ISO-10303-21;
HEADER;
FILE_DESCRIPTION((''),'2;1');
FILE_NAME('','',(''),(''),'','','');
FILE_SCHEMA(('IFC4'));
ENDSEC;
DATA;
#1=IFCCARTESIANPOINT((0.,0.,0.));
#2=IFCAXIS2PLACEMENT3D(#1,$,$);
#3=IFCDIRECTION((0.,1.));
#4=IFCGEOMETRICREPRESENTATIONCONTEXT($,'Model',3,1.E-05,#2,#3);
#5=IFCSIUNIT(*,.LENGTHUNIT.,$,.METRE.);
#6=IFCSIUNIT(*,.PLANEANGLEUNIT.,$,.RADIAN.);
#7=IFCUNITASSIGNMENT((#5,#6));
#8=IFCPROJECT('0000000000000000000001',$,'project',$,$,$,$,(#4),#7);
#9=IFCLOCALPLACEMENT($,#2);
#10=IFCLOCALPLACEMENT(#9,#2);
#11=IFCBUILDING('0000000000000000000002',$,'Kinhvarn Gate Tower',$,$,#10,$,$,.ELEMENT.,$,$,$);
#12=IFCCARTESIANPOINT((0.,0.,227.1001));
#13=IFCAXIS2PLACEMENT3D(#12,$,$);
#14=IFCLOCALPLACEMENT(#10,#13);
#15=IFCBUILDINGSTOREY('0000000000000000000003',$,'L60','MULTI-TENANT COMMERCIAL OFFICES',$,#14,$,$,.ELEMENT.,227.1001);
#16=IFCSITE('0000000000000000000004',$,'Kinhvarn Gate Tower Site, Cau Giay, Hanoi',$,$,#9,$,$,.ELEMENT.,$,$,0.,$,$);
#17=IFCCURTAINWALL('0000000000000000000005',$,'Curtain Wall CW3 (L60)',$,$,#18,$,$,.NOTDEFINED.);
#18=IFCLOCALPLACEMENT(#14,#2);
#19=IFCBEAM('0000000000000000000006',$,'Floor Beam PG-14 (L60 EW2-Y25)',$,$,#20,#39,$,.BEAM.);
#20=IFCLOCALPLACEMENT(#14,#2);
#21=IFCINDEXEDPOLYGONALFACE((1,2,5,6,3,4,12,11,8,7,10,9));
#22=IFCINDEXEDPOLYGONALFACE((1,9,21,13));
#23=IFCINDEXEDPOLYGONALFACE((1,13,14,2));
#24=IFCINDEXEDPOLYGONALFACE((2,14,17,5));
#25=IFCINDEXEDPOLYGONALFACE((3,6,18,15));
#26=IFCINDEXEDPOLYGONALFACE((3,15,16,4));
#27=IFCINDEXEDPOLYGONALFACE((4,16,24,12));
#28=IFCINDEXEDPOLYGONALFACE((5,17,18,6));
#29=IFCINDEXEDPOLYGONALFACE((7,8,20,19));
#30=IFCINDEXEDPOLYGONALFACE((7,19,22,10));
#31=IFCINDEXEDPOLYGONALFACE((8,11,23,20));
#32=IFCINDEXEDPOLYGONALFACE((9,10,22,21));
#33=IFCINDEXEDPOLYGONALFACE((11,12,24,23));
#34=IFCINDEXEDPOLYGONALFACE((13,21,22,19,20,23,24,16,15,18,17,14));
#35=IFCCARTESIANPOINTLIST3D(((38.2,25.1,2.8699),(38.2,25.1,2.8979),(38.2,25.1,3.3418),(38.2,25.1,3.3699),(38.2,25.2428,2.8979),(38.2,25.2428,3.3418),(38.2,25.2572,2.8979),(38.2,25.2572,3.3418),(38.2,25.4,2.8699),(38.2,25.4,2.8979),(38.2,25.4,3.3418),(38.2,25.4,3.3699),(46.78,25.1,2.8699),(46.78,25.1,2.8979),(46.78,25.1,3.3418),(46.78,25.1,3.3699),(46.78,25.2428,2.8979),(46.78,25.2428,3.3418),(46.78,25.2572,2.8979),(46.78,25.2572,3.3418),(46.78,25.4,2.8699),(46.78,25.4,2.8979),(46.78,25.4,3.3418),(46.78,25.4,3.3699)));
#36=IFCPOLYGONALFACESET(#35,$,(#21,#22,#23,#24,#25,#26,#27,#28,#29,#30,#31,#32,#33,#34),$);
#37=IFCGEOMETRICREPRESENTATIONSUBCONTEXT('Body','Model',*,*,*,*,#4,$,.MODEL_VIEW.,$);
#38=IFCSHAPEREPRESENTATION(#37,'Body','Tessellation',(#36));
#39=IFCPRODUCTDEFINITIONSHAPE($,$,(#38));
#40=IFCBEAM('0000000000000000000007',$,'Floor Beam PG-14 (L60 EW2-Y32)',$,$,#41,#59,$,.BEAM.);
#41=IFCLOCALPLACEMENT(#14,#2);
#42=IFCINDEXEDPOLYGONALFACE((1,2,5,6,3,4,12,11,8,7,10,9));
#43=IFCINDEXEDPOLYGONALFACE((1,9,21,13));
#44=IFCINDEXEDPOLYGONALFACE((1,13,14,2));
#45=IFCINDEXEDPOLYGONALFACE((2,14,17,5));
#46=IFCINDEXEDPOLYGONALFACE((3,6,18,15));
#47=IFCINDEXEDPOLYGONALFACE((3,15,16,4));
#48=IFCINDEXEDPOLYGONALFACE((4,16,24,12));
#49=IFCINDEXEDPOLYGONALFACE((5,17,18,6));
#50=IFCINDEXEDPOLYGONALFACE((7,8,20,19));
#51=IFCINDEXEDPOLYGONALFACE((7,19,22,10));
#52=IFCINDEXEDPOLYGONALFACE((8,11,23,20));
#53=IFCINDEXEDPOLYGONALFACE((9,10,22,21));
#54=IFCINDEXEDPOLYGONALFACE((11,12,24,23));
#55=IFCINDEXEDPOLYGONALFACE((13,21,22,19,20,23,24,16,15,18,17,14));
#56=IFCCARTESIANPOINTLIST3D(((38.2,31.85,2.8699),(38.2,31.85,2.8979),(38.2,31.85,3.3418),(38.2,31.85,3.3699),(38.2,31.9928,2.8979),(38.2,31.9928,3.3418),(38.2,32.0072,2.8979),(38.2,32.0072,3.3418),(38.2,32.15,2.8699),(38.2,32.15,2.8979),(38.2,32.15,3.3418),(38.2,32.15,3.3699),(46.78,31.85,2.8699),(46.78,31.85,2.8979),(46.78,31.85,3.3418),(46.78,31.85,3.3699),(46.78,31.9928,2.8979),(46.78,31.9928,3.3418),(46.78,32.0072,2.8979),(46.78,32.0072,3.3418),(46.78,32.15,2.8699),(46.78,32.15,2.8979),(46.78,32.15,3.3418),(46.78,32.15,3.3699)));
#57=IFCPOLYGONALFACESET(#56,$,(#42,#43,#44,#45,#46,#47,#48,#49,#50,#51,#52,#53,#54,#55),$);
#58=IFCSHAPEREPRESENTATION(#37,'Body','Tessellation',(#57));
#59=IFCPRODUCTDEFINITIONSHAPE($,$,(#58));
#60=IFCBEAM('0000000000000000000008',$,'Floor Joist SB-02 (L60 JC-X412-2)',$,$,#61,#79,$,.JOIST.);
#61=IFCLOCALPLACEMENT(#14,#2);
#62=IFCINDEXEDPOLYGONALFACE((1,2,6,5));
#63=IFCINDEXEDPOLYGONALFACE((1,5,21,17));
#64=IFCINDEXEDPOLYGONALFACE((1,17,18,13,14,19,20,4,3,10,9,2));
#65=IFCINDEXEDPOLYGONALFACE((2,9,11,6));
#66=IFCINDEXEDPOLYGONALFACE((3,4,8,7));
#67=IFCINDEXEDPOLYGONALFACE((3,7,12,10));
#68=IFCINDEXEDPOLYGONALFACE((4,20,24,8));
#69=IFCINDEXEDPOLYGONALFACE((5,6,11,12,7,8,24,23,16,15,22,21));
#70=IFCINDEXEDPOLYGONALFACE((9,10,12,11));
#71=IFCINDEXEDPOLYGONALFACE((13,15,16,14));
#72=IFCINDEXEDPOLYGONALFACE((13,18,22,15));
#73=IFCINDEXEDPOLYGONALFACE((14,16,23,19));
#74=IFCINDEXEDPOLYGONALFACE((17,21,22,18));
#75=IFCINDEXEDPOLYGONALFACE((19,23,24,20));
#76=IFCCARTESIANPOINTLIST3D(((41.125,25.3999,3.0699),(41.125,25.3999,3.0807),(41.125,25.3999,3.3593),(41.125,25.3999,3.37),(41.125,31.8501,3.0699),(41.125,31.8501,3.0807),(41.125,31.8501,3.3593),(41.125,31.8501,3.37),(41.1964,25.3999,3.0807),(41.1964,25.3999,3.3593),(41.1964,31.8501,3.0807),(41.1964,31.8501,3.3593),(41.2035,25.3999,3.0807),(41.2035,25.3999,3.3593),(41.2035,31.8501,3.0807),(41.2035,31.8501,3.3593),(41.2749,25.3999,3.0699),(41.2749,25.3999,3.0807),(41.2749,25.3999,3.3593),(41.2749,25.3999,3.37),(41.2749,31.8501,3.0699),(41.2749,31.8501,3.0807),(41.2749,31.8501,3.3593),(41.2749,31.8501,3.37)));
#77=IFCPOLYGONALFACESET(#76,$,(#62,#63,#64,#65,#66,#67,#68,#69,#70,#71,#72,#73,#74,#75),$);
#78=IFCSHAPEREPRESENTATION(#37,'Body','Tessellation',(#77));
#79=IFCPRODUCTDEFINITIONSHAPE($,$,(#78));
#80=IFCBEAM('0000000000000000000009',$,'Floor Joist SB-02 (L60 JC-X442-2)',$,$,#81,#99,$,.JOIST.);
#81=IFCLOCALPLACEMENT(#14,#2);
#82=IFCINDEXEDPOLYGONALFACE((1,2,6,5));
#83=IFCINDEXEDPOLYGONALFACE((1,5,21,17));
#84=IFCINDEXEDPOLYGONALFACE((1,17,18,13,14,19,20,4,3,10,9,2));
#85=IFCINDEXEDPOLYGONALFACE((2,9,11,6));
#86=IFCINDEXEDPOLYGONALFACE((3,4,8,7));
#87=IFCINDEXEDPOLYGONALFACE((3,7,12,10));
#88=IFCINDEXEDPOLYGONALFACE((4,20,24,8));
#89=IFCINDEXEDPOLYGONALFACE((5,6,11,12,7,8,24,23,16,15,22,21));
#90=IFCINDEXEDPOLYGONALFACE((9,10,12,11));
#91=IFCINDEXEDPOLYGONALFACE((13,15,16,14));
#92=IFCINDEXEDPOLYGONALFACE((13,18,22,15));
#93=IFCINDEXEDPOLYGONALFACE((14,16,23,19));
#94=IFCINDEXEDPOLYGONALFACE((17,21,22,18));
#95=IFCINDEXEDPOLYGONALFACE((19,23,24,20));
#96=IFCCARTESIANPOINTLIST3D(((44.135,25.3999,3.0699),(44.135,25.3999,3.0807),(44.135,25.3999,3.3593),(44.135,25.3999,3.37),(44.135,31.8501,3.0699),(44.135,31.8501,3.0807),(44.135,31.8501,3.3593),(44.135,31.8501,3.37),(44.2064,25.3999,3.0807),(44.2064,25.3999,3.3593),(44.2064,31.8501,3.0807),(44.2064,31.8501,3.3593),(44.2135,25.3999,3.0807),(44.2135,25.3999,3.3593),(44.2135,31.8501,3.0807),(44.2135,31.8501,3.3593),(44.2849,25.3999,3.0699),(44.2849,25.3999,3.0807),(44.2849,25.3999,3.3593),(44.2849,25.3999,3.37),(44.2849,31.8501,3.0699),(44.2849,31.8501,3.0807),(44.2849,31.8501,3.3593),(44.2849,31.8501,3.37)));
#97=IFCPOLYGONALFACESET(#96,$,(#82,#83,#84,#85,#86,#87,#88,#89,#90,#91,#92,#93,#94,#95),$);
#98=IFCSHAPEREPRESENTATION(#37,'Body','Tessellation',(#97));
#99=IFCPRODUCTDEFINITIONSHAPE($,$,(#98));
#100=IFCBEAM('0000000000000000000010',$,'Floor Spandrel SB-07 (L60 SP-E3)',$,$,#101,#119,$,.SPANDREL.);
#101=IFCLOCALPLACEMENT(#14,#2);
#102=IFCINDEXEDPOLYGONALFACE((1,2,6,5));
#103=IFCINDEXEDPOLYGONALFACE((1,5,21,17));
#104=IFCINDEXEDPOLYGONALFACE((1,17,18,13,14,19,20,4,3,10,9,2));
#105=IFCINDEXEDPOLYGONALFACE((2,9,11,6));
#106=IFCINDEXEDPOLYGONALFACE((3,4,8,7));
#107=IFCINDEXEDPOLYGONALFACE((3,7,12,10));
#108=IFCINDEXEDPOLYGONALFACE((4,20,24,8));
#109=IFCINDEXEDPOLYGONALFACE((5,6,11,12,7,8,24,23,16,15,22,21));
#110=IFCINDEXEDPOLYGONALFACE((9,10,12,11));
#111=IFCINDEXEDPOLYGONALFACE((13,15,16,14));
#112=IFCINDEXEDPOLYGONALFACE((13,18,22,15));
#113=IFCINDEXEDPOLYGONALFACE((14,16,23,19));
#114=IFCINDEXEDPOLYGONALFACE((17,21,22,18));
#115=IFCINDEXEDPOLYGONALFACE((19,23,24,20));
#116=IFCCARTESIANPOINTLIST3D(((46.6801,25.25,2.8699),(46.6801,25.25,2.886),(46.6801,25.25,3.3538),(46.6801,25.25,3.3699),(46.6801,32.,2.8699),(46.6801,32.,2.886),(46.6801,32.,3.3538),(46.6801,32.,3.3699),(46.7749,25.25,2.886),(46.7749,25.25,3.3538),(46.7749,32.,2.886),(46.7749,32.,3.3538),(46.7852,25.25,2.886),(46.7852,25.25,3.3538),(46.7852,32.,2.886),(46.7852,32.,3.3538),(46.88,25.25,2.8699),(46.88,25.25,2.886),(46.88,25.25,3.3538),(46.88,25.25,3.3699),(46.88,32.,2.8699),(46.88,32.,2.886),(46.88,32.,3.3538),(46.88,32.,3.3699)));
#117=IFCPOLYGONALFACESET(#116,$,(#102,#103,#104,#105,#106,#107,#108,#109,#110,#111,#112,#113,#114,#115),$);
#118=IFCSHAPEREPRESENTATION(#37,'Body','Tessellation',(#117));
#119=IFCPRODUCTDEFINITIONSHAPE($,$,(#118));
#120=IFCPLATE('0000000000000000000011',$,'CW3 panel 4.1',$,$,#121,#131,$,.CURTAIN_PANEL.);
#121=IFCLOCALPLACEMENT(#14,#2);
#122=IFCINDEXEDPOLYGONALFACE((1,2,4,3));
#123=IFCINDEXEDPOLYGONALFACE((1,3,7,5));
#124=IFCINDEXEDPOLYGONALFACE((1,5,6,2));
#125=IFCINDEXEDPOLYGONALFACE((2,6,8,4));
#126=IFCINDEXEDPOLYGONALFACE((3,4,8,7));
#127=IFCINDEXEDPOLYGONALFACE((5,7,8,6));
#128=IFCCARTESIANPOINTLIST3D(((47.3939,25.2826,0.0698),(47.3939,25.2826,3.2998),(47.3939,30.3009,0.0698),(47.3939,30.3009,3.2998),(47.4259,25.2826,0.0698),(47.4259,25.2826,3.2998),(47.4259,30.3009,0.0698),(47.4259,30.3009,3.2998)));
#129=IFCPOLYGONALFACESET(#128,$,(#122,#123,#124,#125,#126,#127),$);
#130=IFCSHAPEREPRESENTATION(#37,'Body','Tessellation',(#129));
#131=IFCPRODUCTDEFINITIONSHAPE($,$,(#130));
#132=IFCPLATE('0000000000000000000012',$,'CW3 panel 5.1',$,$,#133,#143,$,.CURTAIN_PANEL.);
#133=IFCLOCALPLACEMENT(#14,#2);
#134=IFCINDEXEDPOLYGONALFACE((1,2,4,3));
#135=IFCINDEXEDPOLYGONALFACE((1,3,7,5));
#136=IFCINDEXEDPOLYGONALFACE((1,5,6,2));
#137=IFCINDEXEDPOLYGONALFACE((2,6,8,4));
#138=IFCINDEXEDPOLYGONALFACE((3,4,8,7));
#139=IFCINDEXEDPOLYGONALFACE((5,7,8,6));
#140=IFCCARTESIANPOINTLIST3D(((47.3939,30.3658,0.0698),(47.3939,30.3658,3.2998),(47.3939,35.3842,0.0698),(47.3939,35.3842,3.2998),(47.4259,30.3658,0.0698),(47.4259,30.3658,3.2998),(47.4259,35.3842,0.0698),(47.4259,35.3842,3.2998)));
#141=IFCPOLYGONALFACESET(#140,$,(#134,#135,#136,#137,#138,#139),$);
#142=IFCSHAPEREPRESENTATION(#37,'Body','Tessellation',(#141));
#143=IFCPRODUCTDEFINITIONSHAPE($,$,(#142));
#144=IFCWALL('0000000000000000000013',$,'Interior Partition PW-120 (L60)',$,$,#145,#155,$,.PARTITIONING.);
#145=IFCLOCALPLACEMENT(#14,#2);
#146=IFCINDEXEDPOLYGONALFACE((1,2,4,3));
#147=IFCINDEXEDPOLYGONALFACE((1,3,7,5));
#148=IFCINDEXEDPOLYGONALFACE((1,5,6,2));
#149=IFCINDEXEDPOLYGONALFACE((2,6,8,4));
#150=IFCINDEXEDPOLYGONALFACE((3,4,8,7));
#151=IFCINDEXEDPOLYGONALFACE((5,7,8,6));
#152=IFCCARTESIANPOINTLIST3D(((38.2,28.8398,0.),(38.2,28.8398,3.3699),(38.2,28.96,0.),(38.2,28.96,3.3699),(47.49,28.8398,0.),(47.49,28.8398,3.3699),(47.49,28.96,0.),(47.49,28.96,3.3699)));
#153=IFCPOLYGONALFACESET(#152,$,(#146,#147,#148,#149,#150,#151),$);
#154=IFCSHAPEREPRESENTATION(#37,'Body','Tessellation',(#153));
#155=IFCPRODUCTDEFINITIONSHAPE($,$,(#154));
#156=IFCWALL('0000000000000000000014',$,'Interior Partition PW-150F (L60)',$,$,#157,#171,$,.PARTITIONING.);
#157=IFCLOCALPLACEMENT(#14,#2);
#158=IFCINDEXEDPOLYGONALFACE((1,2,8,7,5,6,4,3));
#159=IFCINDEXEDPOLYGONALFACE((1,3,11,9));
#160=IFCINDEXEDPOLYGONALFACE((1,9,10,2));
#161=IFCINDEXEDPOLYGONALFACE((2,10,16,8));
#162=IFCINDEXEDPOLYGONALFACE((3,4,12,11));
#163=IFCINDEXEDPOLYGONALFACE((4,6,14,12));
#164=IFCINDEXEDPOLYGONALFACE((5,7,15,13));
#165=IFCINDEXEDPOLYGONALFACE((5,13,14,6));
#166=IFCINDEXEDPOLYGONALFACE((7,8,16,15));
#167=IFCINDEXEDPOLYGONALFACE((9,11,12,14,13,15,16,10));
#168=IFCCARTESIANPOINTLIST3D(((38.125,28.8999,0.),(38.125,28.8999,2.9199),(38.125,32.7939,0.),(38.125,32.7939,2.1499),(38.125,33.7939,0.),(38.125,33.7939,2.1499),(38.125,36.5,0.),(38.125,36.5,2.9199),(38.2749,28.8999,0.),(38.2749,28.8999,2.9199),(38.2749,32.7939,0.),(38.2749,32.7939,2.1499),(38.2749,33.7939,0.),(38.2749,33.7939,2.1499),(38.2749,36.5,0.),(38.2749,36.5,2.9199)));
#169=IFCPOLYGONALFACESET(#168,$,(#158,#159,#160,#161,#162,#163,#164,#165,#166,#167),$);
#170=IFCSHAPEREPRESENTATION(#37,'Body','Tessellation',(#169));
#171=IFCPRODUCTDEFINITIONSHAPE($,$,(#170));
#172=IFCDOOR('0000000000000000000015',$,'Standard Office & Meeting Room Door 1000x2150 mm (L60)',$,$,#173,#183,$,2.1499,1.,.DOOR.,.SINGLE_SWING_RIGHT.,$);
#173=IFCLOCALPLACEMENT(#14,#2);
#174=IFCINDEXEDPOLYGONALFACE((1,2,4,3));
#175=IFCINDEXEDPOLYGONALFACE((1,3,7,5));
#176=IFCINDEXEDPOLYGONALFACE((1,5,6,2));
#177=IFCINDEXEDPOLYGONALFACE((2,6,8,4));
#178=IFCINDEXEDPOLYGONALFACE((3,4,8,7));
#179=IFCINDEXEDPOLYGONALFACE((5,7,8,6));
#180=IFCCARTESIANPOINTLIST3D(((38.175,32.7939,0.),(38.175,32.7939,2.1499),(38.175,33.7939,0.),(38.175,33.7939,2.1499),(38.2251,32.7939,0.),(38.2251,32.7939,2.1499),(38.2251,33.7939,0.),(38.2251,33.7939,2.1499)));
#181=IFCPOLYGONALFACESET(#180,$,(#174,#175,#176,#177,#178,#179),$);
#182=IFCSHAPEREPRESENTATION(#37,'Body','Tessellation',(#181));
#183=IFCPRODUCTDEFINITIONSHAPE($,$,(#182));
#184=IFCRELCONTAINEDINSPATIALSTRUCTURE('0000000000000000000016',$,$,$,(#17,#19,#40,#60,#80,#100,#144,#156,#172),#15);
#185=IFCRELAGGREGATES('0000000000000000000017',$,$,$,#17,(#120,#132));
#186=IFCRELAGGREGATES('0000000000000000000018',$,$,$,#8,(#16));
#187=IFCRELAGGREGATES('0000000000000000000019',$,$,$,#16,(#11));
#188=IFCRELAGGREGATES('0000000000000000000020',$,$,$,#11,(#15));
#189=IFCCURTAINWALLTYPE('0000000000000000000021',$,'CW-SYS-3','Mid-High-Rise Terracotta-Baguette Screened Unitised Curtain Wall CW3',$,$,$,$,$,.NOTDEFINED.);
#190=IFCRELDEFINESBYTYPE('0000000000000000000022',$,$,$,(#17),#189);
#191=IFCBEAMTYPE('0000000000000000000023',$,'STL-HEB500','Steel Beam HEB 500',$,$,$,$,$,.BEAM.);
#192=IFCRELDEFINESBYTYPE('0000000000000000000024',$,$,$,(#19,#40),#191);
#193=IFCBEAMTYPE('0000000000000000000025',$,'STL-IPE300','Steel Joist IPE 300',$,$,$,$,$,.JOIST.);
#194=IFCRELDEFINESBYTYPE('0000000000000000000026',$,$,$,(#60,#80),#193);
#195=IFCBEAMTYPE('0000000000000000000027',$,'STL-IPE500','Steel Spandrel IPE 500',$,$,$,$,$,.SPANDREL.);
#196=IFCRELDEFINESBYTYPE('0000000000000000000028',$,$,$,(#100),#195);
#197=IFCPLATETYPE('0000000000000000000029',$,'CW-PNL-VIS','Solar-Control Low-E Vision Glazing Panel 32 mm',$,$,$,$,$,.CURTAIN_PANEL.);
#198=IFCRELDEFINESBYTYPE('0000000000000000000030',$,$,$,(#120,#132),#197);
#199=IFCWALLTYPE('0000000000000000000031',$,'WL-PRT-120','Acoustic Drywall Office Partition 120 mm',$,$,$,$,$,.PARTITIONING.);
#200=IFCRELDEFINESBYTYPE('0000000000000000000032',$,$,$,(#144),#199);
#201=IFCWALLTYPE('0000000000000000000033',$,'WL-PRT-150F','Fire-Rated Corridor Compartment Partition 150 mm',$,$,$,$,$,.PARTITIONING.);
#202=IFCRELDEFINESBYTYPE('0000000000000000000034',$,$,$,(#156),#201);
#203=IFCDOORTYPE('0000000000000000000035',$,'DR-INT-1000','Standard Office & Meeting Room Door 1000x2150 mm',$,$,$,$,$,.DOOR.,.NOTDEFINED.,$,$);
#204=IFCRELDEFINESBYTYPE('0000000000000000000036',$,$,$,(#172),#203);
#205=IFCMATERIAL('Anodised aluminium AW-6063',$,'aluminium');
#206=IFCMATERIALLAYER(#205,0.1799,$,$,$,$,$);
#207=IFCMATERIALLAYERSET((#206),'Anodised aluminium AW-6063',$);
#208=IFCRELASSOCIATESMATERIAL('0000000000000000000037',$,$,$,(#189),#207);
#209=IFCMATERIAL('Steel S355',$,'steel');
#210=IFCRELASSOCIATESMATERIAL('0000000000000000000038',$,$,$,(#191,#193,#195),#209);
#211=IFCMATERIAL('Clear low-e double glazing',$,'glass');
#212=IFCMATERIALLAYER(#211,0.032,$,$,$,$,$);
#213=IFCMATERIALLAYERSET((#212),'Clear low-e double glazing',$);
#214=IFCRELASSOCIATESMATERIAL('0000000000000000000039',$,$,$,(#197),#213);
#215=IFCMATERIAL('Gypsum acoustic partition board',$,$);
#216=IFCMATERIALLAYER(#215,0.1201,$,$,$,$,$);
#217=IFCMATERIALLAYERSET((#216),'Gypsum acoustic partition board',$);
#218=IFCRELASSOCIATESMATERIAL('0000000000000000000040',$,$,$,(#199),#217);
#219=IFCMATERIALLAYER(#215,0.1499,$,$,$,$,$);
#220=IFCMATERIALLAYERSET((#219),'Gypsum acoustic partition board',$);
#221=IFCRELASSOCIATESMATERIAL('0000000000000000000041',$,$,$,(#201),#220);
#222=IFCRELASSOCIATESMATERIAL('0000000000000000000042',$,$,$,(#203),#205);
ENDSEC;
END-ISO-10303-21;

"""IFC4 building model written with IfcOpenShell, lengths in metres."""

from ifc_helpers import new_model, si_unit, direction, frame, frame_2d, origin, origin_2d, place, context, subcontext, project, spatial, rectangle, i_section, extrude, material, layer, layer_set, material_profile, profile_set, type_object, element, fill, aggregate, save


model = new_model("IFC4")

# Units and contexts
model_context = context("Model", 3, precision=1e-05, world=origin(), true_north=direction((0.0, 1.0)))
body_context = subcontext(model_context, "Body", "Model", "MODEL_VIEW")
ifc_project = project(units=[si_unit("LENGTHUNIT", "METRE"), si_unit("PLANEANGLEUNIT", "RADIAN")], contexts=[model_context])

# Site, building, storey
site_placement = place(None, origin())
site = spatial("IfcSite", under=ifc_project, at=site_placement, Name="Kinhvarn Gate Tower Site, Cau Giay, Hanoi", CompositionType="ELEMENT", RefElevation=0.0)
building_placement = place(site_placement, origin())
building = spatial("IfcBuilding", under=site, at=building_placement, Name="Kinhvarn Gate Tower", CompositionType="ELEMENT")
storey_placement = place(building_placement, frame((0.0, 0.0, 227.1001)))
storey = spatial("IfcBuildingStorey", under=building, at=storey_placement, Name="L60", Description="MULTI-TENANT COMMERCIAL OFFICES", CompositionType="ELEMENT", Elevation=227.1001)

# Curtain wall
ifc_material_1 = material(Name="Anodised aluminium AW-6063", Category="aluminium")
ifc_layer_1 = layer(ifc_material_1, 0.1799)
ifc_layer_set_1 = layer_set([ifc_layer_1], Name="Anodised aluminium AW-6063")
curtain_wall_type = type_object("IfcCurtainWallType", Name="CW-SYS-3", Description="Mid-High-Rise Terracotta-Baguette Screened Unitised Curtain Wall CW3", PredefinedType="NOTDEFINED", material=ifc_layer_set_1)
curtain_wall_placement = place(storey_placement, origin())
curtain_wall = element("IfcCurtainWall", 1, at=curtain_wall_placement, inside=storey, type_object=curtain_wall_type, Name="Curtain Wall CW3 (L60)", PredefinedType="NOTDEFINED")

# Beams
ifc_material_2 = material(Name="Steel S355", Category="steel")
ifc_material_profile_1 = material_profile(ifc_material_2, i_section(OverallWidth=0.3, OverallDepth=0.5, WebThickness=0.0144, FlangeThickness=0.0281, at=origin_2d()), Name="HEB 500")
ifc_profile_set_1 = profile_set([ifc_material_profile_1], Name="Steel S355")
beam_type_1 = type_object("IfcBeamType", Name="STL-HEB500", Description="Steel Beam HEB 500", PredefinedType="BEAM", material=ifc_profile_set_1)
for number, where, z_axis, x_axis, name in (
    (2, (38.2, 25.25, 3.1199), (1.0, 0.0, 0.0), (0.0, 1.0, 0.0), "Floor Beam PG-14 (L60 EW2-Y25)"),
    (3, (38.2, 32.0, 3.1199), (1.0, 0.0, 0.0), (0.0, 1.0, 0.0), "Floor Beam PG-14 (L60 EW2-Y32)"),
):
    element("IfcBeam", number, at=place(storey_placement, frame(where, z_axis=z_axis, x_axis=x_axis)), inside=storey, type_object=beam_type_1, Name=name, PredefinedType="BEAM", context=body_context, shape_type="SweptSolid", body=[
        extrude(i_section(OverallWidth=0.3, OverallDepth=0.5, WebThickness=0.0144, FlangeThickness=0.0281, at=origin_2d()), origin(), (0.0, 0.0, 1.0), 8.5801),
    ])
ifc_material_profile_2 = material_profile(ifc_material_2, i_section(OverallWidth=0.1499, OverallDepth=0.3, WebThickness=0.0071, FlangeThickness=0.0107, at=origin_2d()), Name="IPE 300")
ifc_profile_set_2 = profile_set([ifc_material_profile_2], Name="Steel S355")
beam_type_2 = type_object("IfcBeamType", Name="STL-IPE300", Description="Steel Joist IPE 300", PredefinedType="JOIST", material=ifc_profile_set_2)
for number, where, z_axis, x_axis, name in (
    (4, (41.2, 25.3999, 3.22), (0.0, 1.0, 0.0), (-1.0, 0.0, 0.0), "Floor Joist SB-02 (L60 JC-X412-2)"),
    (5, (44.21, 25.3999, 3.22), (0.0, 1.0, 0.0), (-1.0, 0.0, 0.0), "Floor Joist SB-02 (L60 JC-X442-2)"),
):
    element("IfcBeam", number, at=place(storey_placement, frame(where, z_axis=z_axis, x_axis=x_axis)), inside=storey, type_object=beam_type_2, Name=name, PredefinedType="JOIST", context=body_context, shape_type="SweptSolid", body=[
        extrude(i_section(OverallWidth=0.1499, OverallDepth=0.3, WebThickness=0.0071, FlangeThickness=0.0107, at=origin_2d()), origin(), (0.0, 0.0, 1.0), 6.4502),
    ])
ifc_material_profile_3 = material_profile(ifc_material_2, i_section(OverallWidth=0.2, OverallDepth=0.5, WebThickness=0.0103, FlangeThickness=0.0161, at=origin_2d()), Name="IPE 500")
ifc_profile_set_3 = profile_set([ifc_material_profile_3], Name="Steel S355")
beam_type_3 = type_object("IfcBeamType", Name="STL-IPE500", Description="Steel Spandrel IPE 500", PredefinedType="SPANDREL", material=ifc_profile_set_3)
beam_1_placement = place(storey_placement, frame((46.78, 25.25, 3.1199), z_axis=(0.0, 1.0, 0.0), x_axis=(-1.0, 0.0, 0.0)))
element("IfcBeam", 6, at=beam_1_placement, inside=storey, type_object=beam_type_3, Name="Floor Spandrel SB-07 (L60 SP-E3)", PredefinedType="SPANDREL", context=body_context, shape_type="SweptSolid", body=[
    extrude(i_section(OverallWidth=0.2, OverallDepth=0.5, WebThickness=0.0103, FlangeThickness=0.0161, at=origin_2d()), origin(), (0.0, 0.0, 1.0), 6.75),
])

# Plates
ifc_material_3 = material(Name="Clear low-e double glazing", Category="glass")
ifc_layer_2 = layer(ifc_material_3, 0.032)
ifc_layer_set_2 = layer_set([ifc_layer_2], Name="Clear low-e double glazing")
plate_type = type_object("IfcPlateType", Name="CW-PNL-VIS", Description="Solar-Control Low-E Vision Glazing Panel 32 mm", PredefinedType="CURTAIN_PANEL", material=ifc_layer_set_2)
plate_1_placement = place(storey_placement, frame((47.4099, 27.7917, 0.0698), z_axis=(0.0, 0.0, 1.0), x_axis=(0.0, 1.0, 0.0)))
plate_1 = element("IfcPlate", 7, at=plate_1_placement, type_object=plate_type, Name="CW3 panel 4.1", PredefinedType="CURTAIN_PANEL", context=body_context, shape_type="SweptSolid", body=[
    extrude(rectangle(XDim=5.0183, YDim=0.032, at=origin_2d()), origin(), (0.0, 0.0, 1.0), 3.23),
])
plate_2_placement = place(storey_placement, frame((47.4099, 32.875, 0.0698), z_axis=(0.0, 0.0, 1.0), x_axis=(0.0, 1.0, 0.0)))
plate_2 = element("IfcPlate", 8, at=plate_2_placement, type_object=plate_type, Name="CW3 panel 5.1", PredefinedType="CURTAIN_PANEL", context=body_context, shape_type="SweptSolid", body=[
    extrude(rectangle(XDim=5.0183, YDim=0.032, at=origin_2d()), origin(), (0.0, 0.0, 1.0), 3.23),
])
aggregate(curtain_wall, [plate_1, plate_2])

# Wall
ifc_material_4 = material(Name="Gypsum acoustic partition board")
ifc_layer_3 = layer(ifc_material_4, 0.1201)
ifc_layer_set_3 = layer_set([ifc_layer_3], Name="Gypsum acoustic partition board")
wall_type_1 = type_object("IfcWallType", Name="WL-PRT-120", Description="Acoustic Drywall Office Partition 120 mm", PredefinedType="PARTITIONING", material=ifc_layer_set_3)
wall_1_placement = place(storey_placement, frame((38.2, 28.8999, 0.0), z_axis=(0.0, 0.0, 1.0), x_axis=(1.0, 0.0, 0.0)))
element("IfcWall", 9, at=wall_1_placement, inside=storey, type_object=wall_type_1, Name="Interior Partition PW-120 (L60)", PredefinedType="PARTITIONING", context=body_context, shape_type="SweptSolid", body=[
    extrude(rectangle(XDim=9.29, YDim=0.1201, at=frame_2d((4.645, 0.0))), origin(), (0.0, 0.0, 1.0), 3.3699),
])

# Wall, opening, door
ifc_layer_4 = layer(ifc_material_4, 0.1499)
ifc_layer_set_4 = layer_set([ifc_layer_4], Name="Gypsum acoustic partition board")
wall_type_2 = type_object("IfcWallType", Name="WL-PRT-150F", Description="Fire-Rated Corridor Compartment Partition 150 mm", PredefinedType="PARTITIONING", material=ifc_layer_set_4)
wall_2_placement = place(storey_placement, frame((38.2, 28.8999, 0.0), z_axis=(0.0, 0.0, 1.0), x_axis=(0.0, 1.0, 0.0)))
wall_2 = element("IfcWall", 10, at=wall_2_placement, inside=storey, type_object=wall_type_2, Name="Interior Partition PW-150F (L60)", PredefinedType="PARTITIONING", context=body_context, shape_type="SweptSolid", body=[
    extrude(rectangle(XDim=7.6001, YDim=0.1499, at=frame_2d((3.8, 0.0))), origin(), (0.0, 0.0, 1.0), 2.9199),
])
opening_placement = place(wall_2_placement, frame((3.894, 0.0, 0.0)))
opening = element("IfcOpeningElement", 11, at=opening_placement, cuts=wall_2, PredefinedType="OPENING", context=body_context, shape_type="SweptSolid", body=[
    extrude(rectangle(XDim=1.0, YDim=2.1499, at=frame_2d((0.5, 1.075))), frame((0.0, 0.085, 0.0), z_axis=(0.0, -1.0, 0.0), x_axis=(1.0, 0.0, 0.0)), (0.0, 0.0, 1.0), 0.1699),
])
door_type = type_object("IfcDoorType", Name="DR-INT-1000", Description="Standard Office & Meeting Room Door 1000x2150 mm", OperationType="NOTDEFINED", PredefinedType="DOOR", material=ifc_material_1)
door_placement = place(opening_placement, origin())
door = element("IfcDoor", 12, at=door_placement, inside=storey, type_object=door_type, Name="Standard Office & Meeting Room Door 1000x2150 mm (L60)", OperationType="SINGLE_SWING_RIGHT", OverallHeight=2.1499, OverallWidth=1.0, PredefinedType="DOOR", context=body_context, shape_type="SweptSolid", body=[
    extrude(rectangle(XDim=1.0, YDim=2.1499, at=frame_2d((0.5, 1.075))), frame((0.0, 0.0249, 0.0), z_axis=(0.0, -1.0, 0.0), x_axis=(1.0, 0.0, 0.0)), (0.0, 0.0, 1.0), 0.05),
])
fill(opening, door)

save(model, "model.ifc")
